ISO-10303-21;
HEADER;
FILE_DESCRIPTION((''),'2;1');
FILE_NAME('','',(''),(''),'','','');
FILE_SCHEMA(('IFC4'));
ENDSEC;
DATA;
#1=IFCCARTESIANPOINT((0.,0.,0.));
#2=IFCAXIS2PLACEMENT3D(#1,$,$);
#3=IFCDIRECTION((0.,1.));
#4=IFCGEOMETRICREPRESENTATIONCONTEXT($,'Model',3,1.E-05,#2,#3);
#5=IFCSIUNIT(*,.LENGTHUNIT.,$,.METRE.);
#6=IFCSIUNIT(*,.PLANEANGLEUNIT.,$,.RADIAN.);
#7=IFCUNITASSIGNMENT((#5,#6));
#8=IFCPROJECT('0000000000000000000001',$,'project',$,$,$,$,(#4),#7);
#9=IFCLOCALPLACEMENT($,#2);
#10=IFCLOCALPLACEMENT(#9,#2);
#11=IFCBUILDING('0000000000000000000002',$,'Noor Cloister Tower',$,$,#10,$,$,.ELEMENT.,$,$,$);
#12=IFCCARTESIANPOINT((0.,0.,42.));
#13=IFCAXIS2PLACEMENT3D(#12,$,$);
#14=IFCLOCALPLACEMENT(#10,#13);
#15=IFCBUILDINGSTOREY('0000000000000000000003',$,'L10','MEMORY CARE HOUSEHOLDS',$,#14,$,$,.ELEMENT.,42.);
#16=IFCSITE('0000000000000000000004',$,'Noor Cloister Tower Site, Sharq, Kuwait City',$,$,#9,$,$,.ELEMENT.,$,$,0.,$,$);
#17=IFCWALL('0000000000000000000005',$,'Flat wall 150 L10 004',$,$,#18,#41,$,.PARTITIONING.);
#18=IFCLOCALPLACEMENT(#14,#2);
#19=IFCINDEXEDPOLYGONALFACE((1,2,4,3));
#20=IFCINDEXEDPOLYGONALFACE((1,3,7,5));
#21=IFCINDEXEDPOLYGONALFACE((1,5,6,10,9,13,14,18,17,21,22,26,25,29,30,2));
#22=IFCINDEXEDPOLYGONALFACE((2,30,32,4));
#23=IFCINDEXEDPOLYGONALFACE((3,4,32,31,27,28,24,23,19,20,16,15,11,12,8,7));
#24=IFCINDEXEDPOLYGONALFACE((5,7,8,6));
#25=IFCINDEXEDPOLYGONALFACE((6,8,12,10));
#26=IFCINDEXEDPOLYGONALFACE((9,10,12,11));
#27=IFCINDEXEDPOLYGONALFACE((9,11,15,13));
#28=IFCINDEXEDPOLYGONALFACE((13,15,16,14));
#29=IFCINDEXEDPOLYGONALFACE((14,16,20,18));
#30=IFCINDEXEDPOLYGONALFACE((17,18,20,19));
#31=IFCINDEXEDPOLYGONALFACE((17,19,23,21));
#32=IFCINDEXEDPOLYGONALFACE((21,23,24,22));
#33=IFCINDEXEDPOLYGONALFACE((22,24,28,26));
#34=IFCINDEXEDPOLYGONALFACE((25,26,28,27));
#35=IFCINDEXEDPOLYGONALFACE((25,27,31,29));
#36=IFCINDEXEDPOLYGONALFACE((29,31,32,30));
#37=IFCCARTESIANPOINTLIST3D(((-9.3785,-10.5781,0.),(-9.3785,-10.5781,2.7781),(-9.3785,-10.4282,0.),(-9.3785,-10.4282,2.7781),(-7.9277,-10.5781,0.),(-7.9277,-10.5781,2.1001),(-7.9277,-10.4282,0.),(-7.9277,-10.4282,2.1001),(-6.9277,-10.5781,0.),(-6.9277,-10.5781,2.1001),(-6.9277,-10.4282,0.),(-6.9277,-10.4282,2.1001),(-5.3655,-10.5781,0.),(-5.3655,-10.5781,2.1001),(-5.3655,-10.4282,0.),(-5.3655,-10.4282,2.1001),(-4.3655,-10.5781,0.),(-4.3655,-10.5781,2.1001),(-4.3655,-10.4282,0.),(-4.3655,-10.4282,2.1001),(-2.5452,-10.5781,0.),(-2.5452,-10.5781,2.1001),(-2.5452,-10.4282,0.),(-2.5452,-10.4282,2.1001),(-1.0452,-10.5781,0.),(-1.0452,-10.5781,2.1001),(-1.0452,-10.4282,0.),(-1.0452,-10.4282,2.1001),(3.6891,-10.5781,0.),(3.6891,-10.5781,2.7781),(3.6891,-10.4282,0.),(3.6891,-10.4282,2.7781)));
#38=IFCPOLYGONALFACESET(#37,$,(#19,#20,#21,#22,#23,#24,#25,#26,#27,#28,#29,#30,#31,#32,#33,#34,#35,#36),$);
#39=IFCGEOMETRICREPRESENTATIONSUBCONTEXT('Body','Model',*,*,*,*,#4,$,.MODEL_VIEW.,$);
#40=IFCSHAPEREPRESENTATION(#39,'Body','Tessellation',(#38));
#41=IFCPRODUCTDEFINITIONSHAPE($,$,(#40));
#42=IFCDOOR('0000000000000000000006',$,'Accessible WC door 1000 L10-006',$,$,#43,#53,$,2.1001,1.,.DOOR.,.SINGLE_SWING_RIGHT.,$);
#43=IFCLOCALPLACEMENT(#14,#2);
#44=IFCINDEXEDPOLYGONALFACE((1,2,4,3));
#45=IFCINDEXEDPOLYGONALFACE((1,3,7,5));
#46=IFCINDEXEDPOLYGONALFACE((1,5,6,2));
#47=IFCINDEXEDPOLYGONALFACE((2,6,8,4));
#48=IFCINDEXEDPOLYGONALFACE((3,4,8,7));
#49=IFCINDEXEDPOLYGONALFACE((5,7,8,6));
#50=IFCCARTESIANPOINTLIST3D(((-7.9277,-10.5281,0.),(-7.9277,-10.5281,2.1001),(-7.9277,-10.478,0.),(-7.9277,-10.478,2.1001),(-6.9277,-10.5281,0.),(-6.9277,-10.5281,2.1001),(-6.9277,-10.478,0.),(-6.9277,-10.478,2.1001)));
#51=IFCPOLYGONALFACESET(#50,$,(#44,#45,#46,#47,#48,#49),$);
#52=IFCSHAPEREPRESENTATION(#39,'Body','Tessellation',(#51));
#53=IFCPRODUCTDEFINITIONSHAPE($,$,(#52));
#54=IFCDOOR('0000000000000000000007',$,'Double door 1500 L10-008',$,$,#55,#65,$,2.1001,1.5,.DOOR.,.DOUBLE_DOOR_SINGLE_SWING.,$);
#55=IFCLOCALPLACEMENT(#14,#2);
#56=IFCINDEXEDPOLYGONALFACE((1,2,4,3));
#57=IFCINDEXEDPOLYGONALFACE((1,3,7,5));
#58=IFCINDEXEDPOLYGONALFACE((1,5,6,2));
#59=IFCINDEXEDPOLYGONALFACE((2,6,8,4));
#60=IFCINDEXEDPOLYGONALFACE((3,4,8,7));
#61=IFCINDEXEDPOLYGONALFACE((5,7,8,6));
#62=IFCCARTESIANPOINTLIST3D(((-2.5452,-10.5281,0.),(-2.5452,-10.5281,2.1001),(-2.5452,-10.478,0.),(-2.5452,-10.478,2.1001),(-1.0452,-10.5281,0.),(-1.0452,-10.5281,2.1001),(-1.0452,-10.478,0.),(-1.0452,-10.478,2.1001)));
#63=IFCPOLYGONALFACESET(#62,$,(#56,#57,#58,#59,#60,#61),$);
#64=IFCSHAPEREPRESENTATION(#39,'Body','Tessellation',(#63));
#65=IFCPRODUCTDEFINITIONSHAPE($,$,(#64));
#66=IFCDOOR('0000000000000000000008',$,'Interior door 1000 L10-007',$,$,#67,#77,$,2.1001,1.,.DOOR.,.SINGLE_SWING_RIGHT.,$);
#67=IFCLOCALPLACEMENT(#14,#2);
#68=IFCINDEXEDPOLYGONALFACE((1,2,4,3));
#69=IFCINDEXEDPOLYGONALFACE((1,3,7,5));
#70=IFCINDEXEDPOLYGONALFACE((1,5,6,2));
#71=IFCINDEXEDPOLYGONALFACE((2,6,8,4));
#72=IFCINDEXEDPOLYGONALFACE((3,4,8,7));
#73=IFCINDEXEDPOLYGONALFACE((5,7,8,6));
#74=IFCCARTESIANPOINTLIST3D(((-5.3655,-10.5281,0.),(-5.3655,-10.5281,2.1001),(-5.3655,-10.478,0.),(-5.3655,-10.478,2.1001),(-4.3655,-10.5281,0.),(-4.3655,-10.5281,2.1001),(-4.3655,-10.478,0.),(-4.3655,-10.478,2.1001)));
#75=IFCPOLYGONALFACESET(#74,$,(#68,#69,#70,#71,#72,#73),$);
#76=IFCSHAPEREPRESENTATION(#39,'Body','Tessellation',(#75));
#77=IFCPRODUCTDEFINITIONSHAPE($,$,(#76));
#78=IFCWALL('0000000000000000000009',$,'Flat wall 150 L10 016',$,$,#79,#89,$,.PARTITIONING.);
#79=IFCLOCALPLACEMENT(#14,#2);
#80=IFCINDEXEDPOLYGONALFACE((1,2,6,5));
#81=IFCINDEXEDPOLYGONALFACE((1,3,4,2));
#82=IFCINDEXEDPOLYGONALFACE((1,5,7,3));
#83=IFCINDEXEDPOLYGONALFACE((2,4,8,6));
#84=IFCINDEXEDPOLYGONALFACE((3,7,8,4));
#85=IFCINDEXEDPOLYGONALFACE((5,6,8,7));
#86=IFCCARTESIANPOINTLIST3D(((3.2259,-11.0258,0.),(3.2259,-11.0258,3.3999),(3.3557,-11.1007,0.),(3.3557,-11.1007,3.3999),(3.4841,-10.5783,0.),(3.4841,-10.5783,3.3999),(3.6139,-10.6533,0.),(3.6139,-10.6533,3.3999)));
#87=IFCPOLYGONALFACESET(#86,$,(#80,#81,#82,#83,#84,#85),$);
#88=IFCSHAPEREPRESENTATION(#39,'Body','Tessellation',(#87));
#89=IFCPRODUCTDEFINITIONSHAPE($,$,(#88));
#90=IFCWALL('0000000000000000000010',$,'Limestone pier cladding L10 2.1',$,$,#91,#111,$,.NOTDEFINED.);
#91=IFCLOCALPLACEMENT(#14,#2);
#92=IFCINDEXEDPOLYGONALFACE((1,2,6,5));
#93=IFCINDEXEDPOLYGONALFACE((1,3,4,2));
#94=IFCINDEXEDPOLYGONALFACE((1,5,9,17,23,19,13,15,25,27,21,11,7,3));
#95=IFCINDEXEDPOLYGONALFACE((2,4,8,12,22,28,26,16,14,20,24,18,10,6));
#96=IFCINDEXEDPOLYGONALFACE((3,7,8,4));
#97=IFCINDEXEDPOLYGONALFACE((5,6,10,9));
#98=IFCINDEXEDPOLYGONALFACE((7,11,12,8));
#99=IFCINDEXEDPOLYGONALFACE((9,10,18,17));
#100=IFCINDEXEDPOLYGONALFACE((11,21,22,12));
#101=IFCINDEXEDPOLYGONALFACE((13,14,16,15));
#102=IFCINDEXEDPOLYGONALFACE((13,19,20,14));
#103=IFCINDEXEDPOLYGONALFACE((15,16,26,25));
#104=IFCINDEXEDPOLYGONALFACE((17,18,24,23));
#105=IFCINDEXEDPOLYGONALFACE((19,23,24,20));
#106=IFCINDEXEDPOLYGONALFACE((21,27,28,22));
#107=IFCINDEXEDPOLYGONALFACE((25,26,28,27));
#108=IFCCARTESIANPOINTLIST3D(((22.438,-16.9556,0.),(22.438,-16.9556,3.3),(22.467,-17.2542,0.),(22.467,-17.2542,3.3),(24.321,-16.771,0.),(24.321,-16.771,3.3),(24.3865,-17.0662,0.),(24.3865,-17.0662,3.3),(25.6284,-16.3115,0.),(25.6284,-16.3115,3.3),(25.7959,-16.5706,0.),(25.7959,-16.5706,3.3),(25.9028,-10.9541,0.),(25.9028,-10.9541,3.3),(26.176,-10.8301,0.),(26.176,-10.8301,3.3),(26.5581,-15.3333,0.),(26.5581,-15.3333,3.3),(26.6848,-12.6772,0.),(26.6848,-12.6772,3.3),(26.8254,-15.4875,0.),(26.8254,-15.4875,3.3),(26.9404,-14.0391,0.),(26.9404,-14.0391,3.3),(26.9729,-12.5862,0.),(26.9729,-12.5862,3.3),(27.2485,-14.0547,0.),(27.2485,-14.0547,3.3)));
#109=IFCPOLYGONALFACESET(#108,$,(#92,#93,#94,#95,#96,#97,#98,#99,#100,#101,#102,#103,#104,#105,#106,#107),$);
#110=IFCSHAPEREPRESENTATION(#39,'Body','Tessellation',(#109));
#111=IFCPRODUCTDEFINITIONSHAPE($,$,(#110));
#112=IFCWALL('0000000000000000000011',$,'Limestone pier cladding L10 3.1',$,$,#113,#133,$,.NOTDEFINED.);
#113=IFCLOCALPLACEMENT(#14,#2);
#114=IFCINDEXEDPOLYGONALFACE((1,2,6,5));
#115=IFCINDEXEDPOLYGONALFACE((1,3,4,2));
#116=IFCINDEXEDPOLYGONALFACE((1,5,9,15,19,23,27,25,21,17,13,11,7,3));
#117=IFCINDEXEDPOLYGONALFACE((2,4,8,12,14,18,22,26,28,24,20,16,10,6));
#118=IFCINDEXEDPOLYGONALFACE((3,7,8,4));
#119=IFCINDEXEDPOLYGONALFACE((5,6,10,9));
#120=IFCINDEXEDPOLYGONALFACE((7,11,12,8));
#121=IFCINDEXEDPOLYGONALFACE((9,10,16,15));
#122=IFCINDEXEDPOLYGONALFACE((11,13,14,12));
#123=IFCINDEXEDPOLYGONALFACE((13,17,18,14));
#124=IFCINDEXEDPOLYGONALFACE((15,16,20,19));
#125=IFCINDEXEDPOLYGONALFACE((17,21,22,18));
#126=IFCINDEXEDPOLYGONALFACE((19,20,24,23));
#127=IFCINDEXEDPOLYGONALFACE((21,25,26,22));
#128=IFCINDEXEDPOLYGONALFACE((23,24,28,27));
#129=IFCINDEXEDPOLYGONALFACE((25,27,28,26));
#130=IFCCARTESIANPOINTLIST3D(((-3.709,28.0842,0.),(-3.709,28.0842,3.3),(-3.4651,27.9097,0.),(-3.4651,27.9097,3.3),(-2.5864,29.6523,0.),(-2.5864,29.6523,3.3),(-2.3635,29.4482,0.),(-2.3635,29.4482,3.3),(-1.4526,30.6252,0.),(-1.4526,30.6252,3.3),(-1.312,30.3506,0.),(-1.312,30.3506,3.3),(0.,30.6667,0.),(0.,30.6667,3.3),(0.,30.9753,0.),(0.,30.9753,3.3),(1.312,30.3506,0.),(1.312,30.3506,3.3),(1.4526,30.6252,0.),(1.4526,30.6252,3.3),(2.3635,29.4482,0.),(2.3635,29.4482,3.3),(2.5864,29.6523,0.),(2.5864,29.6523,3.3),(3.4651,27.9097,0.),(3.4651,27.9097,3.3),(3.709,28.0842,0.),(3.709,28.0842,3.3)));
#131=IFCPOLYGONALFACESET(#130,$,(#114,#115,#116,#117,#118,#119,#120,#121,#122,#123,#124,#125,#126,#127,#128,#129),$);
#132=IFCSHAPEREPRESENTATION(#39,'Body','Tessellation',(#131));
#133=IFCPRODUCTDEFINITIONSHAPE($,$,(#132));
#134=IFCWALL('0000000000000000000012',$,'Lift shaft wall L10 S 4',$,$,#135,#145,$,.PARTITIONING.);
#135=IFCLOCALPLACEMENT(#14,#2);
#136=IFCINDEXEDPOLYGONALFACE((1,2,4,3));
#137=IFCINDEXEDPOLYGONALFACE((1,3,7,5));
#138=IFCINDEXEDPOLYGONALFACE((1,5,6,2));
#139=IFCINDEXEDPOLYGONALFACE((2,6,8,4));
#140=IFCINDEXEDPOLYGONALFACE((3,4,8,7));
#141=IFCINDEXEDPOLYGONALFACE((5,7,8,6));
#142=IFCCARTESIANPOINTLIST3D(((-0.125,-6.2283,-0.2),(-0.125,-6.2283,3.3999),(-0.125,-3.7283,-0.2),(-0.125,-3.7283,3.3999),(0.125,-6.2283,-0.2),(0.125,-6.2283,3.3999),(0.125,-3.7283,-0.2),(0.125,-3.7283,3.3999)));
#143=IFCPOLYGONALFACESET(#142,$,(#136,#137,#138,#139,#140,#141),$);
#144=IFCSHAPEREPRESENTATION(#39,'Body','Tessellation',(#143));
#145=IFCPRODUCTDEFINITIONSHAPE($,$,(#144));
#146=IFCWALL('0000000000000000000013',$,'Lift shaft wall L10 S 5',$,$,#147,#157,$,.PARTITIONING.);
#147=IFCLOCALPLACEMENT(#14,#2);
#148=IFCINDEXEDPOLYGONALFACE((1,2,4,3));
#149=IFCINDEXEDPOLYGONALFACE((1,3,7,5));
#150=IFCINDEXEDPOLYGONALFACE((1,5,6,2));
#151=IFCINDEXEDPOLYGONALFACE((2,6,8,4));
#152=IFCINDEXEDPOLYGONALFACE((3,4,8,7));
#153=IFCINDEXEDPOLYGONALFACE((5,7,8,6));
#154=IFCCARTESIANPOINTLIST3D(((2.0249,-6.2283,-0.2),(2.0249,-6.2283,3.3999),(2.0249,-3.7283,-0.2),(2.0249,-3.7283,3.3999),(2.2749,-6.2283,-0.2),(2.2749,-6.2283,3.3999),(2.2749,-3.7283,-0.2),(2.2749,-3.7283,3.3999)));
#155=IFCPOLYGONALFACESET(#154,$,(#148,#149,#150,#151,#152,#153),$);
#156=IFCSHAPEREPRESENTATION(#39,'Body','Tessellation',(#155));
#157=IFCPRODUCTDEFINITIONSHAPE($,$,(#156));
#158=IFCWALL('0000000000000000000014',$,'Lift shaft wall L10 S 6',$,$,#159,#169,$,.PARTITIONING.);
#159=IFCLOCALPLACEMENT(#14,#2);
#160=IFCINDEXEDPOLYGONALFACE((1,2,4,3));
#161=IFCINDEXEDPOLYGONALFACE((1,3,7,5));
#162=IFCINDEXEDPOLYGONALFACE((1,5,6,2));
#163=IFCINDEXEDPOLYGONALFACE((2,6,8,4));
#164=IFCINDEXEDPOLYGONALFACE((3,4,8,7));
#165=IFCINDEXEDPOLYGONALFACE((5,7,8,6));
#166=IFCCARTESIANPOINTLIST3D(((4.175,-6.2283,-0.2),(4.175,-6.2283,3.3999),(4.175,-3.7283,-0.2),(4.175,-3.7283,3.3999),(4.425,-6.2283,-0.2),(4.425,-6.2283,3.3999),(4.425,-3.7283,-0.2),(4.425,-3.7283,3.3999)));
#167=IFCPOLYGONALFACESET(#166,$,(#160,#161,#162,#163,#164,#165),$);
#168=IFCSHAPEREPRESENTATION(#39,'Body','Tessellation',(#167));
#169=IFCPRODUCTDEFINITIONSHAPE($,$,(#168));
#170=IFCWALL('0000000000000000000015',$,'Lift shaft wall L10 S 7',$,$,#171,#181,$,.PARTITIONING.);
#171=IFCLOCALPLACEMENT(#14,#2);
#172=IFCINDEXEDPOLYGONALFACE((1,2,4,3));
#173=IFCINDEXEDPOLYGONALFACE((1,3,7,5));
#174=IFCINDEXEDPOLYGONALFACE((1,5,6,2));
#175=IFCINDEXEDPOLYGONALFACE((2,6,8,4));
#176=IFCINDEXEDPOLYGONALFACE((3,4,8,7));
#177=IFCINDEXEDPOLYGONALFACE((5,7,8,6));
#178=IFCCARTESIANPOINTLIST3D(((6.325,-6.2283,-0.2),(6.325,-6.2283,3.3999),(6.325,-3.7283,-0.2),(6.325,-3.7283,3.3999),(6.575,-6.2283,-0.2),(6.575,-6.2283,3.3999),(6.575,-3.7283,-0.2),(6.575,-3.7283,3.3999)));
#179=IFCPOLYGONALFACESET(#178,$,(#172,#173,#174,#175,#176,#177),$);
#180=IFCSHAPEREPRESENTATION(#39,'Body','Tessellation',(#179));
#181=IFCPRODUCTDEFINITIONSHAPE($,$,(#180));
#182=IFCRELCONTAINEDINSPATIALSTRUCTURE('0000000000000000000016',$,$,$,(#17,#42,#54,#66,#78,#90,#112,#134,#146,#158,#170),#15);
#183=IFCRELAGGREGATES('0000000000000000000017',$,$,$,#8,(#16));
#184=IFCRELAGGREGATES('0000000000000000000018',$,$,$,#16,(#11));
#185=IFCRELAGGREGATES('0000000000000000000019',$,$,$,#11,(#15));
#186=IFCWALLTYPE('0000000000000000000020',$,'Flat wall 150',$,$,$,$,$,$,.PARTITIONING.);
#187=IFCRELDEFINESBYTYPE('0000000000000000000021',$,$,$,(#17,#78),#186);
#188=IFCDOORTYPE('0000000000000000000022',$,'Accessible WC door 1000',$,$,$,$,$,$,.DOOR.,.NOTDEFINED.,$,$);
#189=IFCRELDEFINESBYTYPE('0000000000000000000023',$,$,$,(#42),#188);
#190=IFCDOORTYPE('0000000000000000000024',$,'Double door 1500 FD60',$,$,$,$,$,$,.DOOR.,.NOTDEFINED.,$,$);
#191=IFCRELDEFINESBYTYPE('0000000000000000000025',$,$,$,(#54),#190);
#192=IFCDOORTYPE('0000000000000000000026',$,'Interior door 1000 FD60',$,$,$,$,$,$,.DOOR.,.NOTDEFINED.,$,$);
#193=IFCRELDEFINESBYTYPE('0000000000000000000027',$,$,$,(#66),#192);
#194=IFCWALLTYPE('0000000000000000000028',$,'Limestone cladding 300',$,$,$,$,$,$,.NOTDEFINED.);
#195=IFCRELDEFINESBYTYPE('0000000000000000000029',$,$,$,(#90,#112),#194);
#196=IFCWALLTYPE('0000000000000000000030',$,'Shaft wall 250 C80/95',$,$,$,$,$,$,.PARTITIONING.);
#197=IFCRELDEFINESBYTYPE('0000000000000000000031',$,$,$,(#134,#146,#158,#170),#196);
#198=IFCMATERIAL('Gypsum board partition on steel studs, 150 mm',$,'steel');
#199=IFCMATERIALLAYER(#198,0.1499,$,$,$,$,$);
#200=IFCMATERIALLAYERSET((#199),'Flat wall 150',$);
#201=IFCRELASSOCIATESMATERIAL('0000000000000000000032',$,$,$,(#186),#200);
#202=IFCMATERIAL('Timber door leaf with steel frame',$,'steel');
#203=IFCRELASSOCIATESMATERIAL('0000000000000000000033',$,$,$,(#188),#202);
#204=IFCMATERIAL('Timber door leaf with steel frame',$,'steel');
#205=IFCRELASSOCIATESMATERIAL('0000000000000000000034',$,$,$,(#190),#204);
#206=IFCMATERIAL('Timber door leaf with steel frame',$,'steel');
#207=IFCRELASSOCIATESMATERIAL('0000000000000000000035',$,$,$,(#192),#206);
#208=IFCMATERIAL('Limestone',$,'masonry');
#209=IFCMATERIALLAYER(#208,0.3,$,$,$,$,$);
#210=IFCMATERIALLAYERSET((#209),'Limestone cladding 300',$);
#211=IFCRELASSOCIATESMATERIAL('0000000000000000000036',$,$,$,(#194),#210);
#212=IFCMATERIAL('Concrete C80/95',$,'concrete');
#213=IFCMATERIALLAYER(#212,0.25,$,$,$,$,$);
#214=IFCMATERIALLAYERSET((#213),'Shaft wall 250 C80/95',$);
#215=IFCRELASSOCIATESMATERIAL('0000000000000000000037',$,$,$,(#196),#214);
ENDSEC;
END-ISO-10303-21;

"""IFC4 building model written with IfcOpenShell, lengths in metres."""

from ifc_helpers import new_model, si_unit, direction, frame, frame_2d, origin, place, context, subcontext, project, spatial, polyline, rectangle, outline, extrude, material, layer, layer_set, type_object, element, fill, save


model = new_model("IFC4")

# Units and contexts
model_context = context("Model", 3, precision=1e-05, world=origin(), true_north=direction((0.0, 1.0)))
body_context = subcontext(model_context, "Body", "Model", "MODEL_VIEW")
ifc_project = project(units=[si_unit("LENGTHUNIT", "METRE"), si_unit("PLANEANGLEUNIT", "RADIAN")], contexts=[model_context])

# Site, building, storey
site_placement = place(None, origin())
site = spatial("IfcSite", under=ifc_project, at=site_placement, Name="Noor Cloister Tower Site, Sharq, Kuwait City", CompositionType="ELEMENT", RefElevation=0.0)
building_placement = place(site_placement, origin())
building = spatial("IfcBuilding", under=site, at=building_placement, Name="Noor Cloister Tower", CompositionType="ELEMENT")
storey_placement = place(building_placement, frame((0.0, 0.0, 42.0)))
storey = spatial("IfcBuildingStorey", under=building, at=storey_placement, Name="L10", Description="MEMORY CARE HOUSEHOLDS", CompositionType="ELEMENT", Elevation=42.0)

# Wall, openings, doors
ifc_material_1 = material(Name="Gypsum board partition on steel studs, 150 mm", Category="steel")
ifc_layer_1 = layer(ifc_material_1, 0.1499)
ifc_layer_set_1 = layer_set([ifc_layer_1], Name="Flat wall 150")
wall_type_1 = type_object("IfcWallType", Name="Flat wall 150", PredefinedType="PARTITIONING", material=ifc_layer_set_1)
wall_1_placement = place(storey_placement, frame((3.689, -10.5032, 0.0), z_axis=(0.0, 0.0, 1.0), x_axis=(-1.0, 0.0, 0.0)))
wall_1 = element("IfcWall", 1, at=wall_1_placement, inside=storey, type_object=wall_type_1, Name="Flat wall 150 L10 004", PredefinedType="PARTITIONING", context=body_context, shape_type="SweptSolid", body=[
    extrude(rectangle(XDim=13.0676, YDim=0.1499, at=frame_2d((6.5337, 0.0))), origin(), (0.0, 0.0, 1.0), 2.7781),
])
opening_1_placement = place(wall_1_placement, frame((10.6167, 0.0, 0.0)))
opening_1 = element("IfcOpeningElement", 2, at=opening_1_placement, cuts=wall_1, PredefinedType="OPENING", context=body_context, shape_type="SweptSolid", body=[
    extrude(rectangle(XDim=1.0, YDim=2.1001, at=frame_2d((0.5, 1.05))), frame((0.0, 0.085, 0.0), z_axis=(0.0, -1.0, 0.0), x_axis=(1.0, 0.0, 0.0)), (0.0, 0.0, 1.0), 0.1699),
])
opening_2_placement = place(wall_1_placement, frame((8.0544, 0.0, 0.0)))
opening_2 = element("IfcOpeningElement", 3, at=opening_2_placement, cuts=wall_1, PredefinedType="OPENING", context=body_context, shape_type="SweptSolid", body=[
    extrude(rectangle(XDim=1.0, YDim=2.1001, at=frame_2d((0.5, 1.05))), frame((0.0, 0.085, 0.0), z_axis=(0.0, -1.0, 0.0), x_axis=(1.0, 0.0, 0.0)), (0.0, 0.0, 1.0), 0.1699),
])
opening_3_placement = place(wall_1_placement, frame((4.7341, 0.0, 0.0)))
opening_3 = element("IfcOpeningElement", 4, at=opening_3_placement, cuts=wall_1, PredefinedType="OPENING", context=body_context, shape_type="SweptSolid", body=[
    extrude(rectangle(XDim=1.5, YDim=2.1001, at=frame_2d((0.75, 1.05))), frame((0.0, 0.085, 0.0), z_axis=(0.0, -1.0, 0.0), x_axis=(1.0, 0.0, 0.0)), (0.0, 0.0, 1.0), 0.1699),
])
ifc_material_2 = material(Name="Timber door leaf with steel frame", Category="steel")
door_type_1 = type_object("IfcDoorType", Name="Accessible WC door 1000", OperationType="NOTDEFINED", PredefinedType="DOOR", material=ifc_material_2)
door_1_placement = place(opening_1_placement, origin())
door_1 = element("IfcDoor", 5, at=door_1_placement, inside=storey, type_object=door_type_1, Name="Accessible WC door 1000 L10-006", OperationType="SINGLE_SWING_RIGHT", OverallHeight=2.1001, OverallWidth=1.0, PredefinedType="DOOR", context=body_context, shape_type="SweptSolid", body=[
    extrude(rectangle(XDim=1.0, YDim=2.1001, at=frame_2d((0.5, 1.05))), frame((0.0, 0.0249, 0.0), z_axis=(0.0, -1.0, 0.0), x_axis=(1.0, 0.0, 0.0)), (0.0, 0.0, 1.0), 0.05),
])
fill(opening_1, door_1)
ifc_material_3 = material(Name="Timber door leaf with steel frame", Category="steel")
door_type_2 = type_object("IfcDoorType", Name="Double door 1500 FD60", OperationType="NOTDEFINED", PredefinedType="DOOR", material=ifc_material_3)
door_2_placement = place(opening_3_placement, origin())
door_2 = element("IfcDoor", 6, at=door_2_placement, inside=storey, type_object=door_type_2, Name="Double door 1500 L10-008", OperationType="DOUBLE_DOOR_SINGLE_SWING", OverallHeight=2.1001, OverallWidth=1.5, PredefinedType="DOOR", context=body_context, shape_type="SweptSolid", body=[
    extrude(rectangle(XDim=1.5, YDim=2.1001, at=frame_2d((0.75, 1.05))), frame((0.0, 0.0249, 0.0), z_axis=(0.0, -1.0, 0.0), x_axis=(1.0, 0.0, 0.0)), (0.0, 0.0, 1.0), 0.05),
])
fill(opening_3, door_2)
ifc_material_4 = material(Name="Timber door leaf with steel frame", Category="steel")
door_type_3 = type_object("IfcDoorType", Name="Interior door 1000 FD60", OperationType="NOTDEFINED", PredefinedType="DOOR", material=ifc_material_4)
door_3_placement = place(opening_2_placement, origin())
door_3 = element("IfcDoor", 7, at=door_3_placement, inside=storey, type_object=door_type_3, Name="Interior door 1000 L10-007", OperationType="SINGLE_SWING_RIGHT", OverallHeight=2.1001, OverallWidth=1.0, PredefinedType="DOOR", context=body_context, shape_type="SweptSolid", body=[
    extrude(rectangle(XDim=1.0, YDim=2.1001, at=frame_2d((0.5, 1.05))), frame((0.0, 0.0249, 0.0), z_axis=(0.0, -1.0, 0.0), x_axis=(1.0, 0.0, 0.0)), (0.0, 0.0, 1.0), 0.05),
])
fill(opening_2, door_3)

# Walls
wall_2_placement = place(storey_placement, frame((3.2908, -11.0632, 0.0), z_axis=(0.0, 0.0, 1.0), x_axis=(0.4999, 0.866083, 0.0)))
element("IfcWall", 8, at=wall_2_placement, inside=storey, type_object=wall_type_1, Name="Flat wall 150 L10 016", PredefinedType="PARTITIONING", context=body_context, shape_type="SweptSolid", body=[
    extrude(rectangle(XDim=0.5166, YDim=0.1499, at=frame_2d((0.2583, 0.0))), origin(), (0.0, 0.0, 1.0), 3.3999),
])
ifc_material_5 = material(Name="Limestone", Category="masonry")
ifc_layer_2 = layer(ifc_material_5, 0.3)
ifc_layer_set_2 = layer_set([ifc_layer_2], Name="Limestone cladding 300")
wall_type_2 = type_object("IfcWallType", Name="Limestone cladding 300", PredefinedType="NOTDEFINED", material=ifc_layer_set_2)
wall_3_placement = place(storey_placement, origin())
element("IfcWall", 9, at=wall_3_placement, inside=storey, type_object=wall_type_2, Name="Limestone pier cladding L10 2.1", PredefinedType="NOTDEFINED", context=body_context, shape_type="SweptSolid", body=[
    extrude(outline(polyline([(22.467, -17.2542), (24.3865, -17.0662), (25.7959, -16.5706), (26.8254, -15.4875), (27.2485, -14.0547), (26.9729, -12.5862), (26.176, -10.8301), (25.9028, -10.9541), (26.6848, -12.6772), (26.9404, -14.0391), (26.5581, -15.3333), (25.6284, -16.3115), (24.321, -16.771), (22.438, -16.9556), (22.467, -17.2542)])), origin(), (0.0, 0.0, 1.0), 3.3),
])
wall_4_placement = place(storey_placement, origin())
element("IfcWall", 10, at=wall_4_placement, inside=storey, type_object=wall_type_2, Name="Limestone pier cladding L10 3.1", PredefinedType="NOTDEFINED", context=body_context, shape_type="SweptSolid", body=[
    extrude(outline(polyline([(3.709, 28.0842), (2.5864, 29.6523), (1.4526, 30.6252), (0.0, 30.9753), (-1.4526, 30.6252), (-2.5864, 29.6523), (-3.709, 28.0842), (-3.4651, 27.9097), (-2.3635, 29.4482), (-1.312, 30.3506), (0.0, 30.6667), (1.312, 30.3506), (2.3635, 29.4482), (3.4651, 27.9097), (3.709, 28.0842)])), origin(), (0.0, 0.0, 1.0), 3.3),
])
ifc_material_6 = material(Name="Concrete C80/95", Category="concrete")
ifc_layer_3 = layer(ifc_material_6, 0.25)
ifc_layer_set_3 = layer_set([ifc_layer_3], Name="Shaft wall 250 C80/95")
wall_type_3 = type_object("IfcWallType", Name="Shaft wall 250 C80/95", PredefinedType="PARTITIONING", material=ifc_layer_set_3)
for number, where, z_axis, x_axis, name in (
    (11, (0.0, -6.2283, -0.2), (0.0, 0.0, 1.0), (0.0, 1.0, 0.0), "Lift shaft wall L10 S 4"),
    (12, (2.1499, -6.2283, -0.2), (0.0, 0.0, 1.0), (0.0, 1.0, 0.0), "Lift shaft wall L10 S 5"),
    (13, (4.3, -6.2283, -0.2), (0.0, 0.0, 1.0), (0.0, 1.0, 0.0), "Lift shaft wall L10 S 6"),
    (14, (6.45, -6.2283, -0.2), (0.0, 0.0, 1.0), (0.0, 1.0, 0.0), "Lift shaft wall L10 S 7"),
):
    element("IfcWall", number, at=place(storey_placement, frame(where, z_axis=z_axis, x_axis=x_axis)), inside=storey, type_object=wall_type_3, Name=name, PredefinedType="PARTITIONING", context=body_context, shape_type="SweptSolid", body=[
        extrude(rectangle(XDim=2.5, YDim=0.25, at=frame_2d((1.25, 0.0))), origin(), (0.0, 0.0, 1.0), 3.5999),
    ])

save(model, "model.ifc")
